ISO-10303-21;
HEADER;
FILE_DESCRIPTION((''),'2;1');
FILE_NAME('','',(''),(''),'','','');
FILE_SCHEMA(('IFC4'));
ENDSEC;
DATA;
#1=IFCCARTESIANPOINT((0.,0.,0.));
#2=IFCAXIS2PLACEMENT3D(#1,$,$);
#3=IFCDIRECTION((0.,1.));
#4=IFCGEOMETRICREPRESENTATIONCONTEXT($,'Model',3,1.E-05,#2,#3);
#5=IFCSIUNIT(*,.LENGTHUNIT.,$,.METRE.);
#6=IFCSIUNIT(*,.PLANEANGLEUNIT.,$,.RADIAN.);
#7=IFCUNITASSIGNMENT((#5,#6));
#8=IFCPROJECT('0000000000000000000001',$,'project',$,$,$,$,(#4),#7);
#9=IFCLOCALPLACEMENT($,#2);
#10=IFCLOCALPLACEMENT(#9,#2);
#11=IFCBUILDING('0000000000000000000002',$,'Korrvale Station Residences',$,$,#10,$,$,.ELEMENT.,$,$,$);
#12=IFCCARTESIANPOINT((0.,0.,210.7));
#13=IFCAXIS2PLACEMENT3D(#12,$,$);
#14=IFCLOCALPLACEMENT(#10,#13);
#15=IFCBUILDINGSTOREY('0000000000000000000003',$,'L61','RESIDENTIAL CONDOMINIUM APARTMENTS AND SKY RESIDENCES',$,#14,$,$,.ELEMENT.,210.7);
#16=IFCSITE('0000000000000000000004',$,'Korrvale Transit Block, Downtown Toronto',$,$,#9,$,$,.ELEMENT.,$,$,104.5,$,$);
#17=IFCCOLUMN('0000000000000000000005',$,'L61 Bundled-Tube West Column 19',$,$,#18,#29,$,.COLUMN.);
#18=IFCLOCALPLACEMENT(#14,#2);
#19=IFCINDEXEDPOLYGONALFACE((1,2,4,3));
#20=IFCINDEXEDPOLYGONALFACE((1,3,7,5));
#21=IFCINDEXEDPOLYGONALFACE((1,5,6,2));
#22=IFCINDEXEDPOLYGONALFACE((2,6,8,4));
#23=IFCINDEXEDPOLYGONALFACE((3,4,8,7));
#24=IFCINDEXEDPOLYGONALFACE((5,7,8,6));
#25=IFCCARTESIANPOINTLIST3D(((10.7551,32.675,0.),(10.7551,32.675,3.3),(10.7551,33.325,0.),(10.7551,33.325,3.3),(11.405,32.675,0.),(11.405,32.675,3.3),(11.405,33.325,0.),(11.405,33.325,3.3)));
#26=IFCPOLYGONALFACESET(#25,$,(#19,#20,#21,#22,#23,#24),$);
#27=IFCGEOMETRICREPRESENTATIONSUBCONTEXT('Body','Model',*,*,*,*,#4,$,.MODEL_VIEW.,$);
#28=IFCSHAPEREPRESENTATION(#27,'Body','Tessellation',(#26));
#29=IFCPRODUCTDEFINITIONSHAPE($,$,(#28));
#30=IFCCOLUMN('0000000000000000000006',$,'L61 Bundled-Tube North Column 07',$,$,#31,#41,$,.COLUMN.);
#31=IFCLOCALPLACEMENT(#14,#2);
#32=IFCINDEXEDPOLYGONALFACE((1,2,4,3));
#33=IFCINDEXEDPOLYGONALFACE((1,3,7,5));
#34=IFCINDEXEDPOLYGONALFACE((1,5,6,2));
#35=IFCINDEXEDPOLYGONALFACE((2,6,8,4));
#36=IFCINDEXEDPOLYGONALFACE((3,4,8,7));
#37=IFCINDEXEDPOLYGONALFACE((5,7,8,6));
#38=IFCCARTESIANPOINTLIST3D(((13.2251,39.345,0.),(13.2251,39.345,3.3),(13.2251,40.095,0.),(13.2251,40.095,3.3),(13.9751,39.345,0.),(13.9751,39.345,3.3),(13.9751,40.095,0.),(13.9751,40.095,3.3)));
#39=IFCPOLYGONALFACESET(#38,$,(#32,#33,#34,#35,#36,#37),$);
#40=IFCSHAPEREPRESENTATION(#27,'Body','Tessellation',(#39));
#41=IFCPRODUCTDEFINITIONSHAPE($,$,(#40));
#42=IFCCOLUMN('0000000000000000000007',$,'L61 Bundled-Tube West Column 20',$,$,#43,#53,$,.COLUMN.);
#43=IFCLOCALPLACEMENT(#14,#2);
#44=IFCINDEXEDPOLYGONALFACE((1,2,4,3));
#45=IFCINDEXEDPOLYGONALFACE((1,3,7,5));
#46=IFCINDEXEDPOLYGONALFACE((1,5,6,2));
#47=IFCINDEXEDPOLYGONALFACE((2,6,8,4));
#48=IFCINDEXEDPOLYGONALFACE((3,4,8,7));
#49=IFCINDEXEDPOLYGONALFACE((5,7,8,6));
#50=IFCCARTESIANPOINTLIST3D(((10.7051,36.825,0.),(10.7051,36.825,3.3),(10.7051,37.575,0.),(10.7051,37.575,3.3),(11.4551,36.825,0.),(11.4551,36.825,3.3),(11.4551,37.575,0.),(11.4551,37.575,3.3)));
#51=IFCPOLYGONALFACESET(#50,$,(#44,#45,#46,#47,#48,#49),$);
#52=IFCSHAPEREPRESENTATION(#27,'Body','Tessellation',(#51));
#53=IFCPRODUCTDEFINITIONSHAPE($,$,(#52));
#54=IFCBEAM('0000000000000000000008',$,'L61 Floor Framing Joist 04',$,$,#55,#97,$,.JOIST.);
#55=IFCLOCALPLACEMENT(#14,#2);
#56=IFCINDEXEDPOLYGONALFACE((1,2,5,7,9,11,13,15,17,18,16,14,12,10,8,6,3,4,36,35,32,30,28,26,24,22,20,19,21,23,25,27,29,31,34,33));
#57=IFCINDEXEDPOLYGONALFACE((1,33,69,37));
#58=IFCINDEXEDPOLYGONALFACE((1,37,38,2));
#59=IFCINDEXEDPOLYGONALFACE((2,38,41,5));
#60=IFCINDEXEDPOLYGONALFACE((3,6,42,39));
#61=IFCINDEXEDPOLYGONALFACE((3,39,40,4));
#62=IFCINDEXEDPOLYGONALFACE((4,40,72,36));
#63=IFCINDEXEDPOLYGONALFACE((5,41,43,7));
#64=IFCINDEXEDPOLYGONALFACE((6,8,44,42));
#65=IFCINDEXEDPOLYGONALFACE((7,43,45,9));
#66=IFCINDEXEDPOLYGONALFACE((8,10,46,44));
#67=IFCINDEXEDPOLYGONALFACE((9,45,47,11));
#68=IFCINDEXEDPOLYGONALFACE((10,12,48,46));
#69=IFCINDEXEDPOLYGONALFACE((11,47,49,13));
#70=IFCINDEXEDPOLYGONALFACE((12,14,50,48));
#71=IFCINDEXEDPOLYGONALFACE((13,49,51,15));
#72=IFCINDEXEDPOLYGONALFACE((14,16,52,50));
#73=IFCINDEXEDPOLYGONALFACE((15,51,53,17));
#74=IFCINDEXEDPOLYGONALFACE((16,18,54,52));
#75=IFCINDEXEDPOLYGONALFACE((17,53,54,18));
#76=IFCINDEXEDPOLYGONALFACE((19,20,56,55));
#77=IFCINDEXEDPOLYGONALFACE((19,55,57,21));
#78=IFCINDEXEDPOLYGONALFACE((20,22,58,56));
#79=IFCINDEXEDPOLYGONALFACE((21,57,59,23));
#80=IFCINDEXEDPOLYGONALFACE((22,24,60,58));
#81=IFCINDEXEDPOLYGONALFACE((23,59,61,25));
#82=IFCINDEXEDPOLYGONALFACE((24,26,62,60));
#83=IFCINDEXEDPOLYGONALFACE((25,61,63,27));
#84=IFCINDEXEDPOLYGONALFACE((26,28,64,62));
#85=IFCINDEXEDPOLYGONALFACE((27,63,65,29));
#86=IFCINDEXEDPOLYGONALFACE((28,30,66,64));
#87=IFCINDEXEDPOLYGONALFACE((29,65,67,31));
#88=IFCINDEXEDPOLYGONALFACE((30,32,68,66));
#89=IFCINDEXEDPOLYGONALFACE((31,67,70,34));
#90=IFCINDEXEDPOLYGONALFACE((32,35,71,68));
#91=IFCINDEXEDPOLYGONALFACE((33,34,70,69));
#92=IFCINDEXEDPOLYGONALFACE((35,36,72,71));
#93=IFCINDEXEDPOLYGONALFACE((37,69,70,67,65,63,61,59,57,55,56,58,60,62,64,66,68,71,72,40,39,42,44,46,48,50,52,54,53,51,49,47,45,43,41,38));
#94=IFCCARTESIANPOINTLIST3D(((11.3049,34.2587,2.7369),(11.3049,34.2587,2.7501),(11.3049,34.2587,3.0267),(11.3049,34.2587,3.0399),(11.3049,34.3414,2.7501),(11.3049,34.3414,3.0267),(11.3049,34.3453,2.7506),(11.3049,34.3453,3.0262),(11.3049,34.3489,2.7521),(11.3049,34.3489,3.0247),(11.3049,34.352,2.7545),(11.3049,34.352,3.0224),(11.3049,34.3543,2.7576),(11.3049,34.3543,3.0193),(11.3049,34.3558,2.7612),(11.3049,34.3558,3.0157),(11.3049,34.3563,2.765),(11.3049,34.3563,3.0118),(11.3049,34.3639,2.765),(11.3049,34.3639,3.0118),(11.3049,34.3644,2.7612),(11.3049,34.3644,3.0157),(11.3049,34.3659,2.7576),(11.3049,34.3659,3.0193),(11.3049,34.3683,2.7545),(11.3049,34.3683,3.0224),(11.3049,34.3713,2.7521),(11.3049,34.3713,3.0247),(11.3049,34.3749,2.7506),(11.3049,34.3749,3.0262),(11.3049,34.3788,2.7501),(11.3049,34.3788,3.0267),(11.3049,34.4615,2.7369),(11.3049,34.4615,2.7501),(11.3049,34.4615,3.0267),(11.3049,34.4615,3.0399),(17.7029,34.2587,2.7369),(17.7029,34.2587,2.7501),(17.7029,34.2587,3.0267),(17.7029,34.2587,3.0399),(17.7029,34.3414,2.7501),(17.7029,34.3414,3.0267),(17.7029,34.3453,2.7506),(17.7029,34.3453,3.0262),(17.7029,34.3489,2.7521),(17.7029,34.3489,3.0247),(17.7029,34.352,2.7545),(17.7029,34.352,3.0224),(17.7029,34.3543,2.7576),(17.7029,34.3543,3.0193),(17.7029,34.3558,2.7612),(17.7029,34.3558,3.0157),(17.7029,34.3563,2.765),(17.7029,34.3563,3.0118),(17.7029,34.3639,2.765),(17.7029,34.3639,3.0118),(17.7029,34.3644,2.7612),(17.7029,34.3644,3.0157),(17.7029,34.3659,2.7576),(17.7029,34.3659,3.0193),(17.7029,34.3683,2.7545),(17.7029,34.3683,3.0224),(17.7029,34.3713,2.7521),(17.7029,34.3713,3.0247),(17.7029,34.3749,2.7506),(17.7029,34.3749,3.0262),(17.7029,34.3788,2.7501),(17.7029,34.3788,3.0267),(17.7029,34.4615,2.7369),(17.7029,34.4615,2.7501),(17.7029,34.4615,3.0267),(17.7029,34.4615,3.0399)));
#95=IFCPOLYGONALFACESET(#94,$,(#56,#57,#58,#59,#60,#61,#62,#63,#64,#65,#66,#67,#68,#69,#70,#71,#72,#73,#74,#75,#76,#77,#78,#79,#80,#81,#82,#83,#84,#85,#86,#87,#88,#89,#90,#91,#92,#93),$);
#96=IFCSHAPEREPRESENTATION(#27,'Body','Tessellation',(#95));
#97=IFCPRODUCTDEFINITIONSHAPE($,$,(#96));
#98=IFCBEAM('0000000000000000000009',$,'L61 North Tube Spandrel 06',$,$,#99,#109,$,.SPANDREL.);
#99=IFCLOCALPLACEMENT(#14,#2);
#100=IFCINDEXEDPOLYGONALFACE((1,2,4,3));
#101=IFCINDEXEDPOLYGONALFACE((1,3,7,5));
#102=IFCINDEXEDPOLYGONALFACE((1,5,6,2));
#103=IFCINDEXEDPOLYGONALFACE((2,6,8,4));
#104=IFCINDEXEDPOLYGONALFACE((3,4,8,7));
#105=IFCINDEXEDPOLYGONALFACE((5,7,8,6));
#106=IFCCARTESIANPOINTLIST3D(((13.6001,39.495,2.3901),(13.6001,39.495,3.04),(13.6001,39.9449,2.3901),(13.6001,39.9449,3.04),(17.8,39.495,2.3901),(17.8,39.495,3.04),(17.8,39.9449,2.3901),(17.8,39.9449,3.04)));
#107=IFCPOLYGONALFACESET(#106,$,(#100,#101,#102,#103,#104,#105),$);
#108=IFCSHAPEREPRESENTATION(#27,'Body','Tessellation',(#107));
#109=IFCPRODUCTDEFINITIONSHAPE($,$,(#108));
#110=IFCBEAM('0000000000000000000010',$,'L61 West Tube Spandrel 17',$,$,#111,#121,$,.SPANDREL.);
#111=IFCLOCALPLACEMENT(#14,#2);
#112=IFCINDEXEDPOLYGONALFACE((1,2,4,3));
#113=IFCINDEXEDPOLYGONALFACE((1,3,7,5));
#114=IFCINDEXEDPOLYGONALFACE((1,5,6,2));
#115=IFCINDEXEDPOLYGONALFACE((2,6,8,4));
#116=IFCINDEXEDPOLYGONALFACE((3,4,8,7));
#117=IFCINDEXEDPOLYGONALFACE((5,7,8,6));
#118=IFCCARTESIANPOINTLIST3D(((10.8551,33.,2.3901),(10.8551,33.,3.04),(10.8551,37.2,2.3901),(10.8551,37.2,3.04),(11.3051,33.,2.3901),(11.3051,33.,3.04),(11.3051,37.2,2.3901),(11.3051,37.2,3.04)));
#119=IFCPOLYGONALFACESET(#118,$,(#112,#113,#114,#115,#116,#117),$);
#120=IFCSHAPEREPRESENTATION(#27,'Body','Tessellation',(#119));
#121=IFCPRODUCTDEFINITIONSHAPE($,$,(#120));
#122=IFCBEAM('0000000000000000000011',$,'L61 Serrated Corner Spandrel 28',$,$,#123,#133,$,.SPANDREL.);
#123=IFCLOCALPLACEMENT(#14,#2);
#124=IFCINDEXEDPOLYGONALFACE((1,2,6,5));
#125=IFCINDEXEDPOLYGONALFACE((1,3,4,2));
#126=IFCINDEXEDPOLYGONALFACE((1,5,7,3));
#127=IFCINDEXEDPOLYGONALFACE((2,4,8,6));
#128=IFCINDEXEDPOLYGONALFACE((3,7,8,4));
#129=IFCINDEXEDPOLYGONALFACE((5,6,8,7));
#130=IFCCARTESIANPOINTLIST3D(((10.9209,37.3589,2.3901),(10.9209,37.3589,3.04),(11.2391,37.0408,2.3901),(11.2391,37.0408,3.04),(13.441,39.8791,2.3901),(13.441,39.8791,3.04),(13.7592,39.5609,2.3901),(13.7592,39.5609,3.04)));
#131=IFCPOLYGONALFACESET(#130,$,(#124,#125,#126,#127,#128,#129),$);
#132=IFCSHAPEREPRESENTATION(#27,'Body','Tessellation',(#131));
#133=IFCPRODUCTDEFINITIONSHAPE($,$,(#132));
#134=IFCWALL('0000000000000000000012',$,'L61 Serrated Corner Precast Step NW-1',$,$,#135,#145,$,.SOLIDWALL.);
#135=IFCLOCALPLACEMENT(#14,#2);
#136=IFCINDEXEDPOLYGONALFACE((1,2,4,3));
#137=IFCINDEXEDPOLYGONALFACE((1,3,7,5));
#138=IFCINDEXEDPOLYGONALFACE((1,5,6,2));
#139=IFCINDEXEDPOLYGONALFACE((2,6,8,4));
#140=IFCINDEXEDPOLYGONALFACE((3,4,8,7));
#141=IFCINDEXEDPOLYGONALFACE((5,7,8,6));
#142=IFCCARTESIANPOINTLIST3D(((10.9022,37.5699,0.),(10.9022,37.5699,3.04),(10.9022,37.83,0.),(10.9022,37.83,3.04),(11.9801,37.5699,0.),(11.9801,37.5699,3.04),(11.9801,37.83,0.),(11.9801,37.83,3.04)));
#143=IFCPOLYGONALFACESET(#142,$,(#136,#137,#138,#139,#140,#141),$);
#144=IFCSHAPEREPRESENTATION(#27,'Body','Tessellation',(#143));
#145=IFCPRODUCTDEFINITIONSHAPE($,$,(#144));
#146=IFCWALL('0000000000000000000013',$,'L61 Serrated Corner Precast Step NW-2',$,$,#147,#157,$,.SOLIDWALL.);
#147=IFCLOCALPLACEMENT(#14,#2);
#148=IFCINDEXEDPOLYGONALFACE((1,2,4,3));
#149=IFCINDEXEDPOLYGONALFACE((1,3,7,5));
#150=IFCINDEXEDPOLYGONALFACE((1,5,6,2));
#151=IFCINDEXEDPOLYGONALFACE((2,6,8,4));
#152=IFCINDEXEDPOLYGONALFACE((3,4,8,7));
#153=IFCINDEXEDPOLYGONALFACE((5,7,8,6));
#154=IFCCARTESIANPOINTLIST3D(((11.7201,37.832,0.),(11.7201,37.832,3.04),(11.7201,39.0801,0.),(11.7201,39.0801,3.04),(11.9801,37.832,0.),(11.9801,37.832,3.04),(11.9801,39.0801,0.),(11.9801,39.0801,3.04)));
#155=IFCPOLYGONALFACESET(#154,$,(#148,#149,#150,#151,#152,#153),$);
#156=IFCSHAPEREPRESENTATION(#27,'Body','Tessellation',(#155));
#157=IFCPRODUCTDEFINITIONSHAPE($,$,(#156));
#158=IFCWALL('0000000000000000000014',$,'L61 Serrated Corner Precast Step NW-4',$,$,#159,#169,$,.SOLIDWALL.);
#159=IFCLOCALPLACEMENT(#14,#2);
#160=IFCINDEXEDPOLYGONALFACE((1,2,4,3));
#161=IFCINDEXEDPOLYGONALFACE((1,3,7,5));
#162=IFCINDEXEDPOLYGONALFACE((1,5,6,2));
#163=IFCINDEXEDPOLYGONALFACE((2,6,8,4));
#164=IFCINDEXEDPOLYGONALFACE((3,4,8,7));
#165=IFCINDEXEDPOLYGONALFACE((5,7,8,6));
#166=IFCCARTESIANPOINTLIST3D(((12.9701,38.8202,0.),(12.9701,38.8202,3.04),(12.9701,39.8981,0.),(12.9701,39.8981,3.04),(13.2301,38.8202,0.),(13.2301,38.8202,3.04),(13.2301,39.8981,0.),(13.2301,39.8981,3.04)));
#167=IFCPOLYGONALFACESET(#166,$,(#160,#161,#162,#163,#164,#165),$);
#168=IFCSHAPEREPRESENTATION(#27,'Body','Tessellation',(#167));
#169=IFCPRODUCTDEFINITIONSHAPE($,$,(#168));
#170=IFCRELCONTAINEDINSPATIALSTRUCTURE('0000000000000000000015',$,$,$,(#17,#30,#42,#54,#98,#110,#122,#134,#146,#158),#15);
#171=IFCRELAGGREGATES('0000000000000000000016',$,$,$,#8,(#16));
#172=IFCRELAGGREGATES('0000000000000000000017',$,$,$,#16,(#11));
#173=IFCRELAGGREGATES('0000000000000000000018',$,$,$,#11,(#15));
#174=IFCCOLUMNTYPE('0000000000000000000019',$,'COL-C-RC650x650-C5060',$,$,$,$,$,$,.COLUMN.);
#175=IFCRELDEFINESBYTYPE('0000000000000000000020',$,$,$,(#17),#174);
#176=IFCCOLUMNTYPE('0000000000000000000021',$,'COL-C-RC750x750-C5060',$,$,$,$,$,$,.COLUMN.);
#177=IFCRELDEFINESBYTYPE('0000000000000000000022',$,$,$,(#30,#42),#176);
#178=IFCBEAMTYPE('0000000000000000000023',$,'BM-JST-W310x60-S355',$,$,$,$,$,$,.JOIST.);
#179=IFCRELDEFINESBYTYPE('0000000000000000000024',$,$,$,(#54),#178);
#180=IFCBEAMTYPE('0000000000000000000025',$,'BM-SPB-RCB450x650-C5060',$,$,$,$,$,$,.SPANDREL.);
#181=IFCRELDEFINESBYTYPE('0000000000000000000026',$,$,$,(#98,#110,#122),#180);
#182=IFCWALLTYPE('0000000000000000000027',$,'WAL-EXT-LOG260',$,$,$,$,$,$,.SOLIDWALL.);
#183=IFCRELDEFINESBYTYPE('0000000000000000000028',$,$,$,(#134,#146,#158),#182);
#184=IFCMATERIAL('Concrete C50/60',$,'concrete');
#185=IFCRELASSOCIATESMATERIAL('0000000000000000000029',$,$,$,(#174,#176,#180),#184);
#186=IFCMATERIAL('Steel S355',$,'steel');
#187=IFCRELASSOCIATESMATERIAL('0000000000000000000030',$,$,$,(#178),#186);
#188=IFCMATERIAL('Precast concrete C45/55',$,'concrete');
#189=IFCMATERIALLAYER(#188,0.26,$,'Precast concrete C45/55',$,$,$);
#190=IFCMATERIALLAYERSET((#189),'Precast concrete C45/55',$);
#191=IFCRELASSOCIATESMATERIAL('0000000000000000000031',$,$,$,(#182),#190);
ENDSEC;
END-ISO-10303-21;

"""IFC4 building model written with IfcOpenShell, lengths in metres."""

from ifc_helpers import new_model, si_unit, direction, frame, frame_2d, origin, origin_2d, place, context, subcontext, project, spatial, rectangle, i_section, extrude, material, layer, layer_set, material_profile, profile_set, type_object, element, save


model = new_model("IFC4")

# Units and contexts
model_context = context("Model", 3, precision=1e-05, world=origin(), true_north=direction((0.0, 1.0)))
body_context = subcontext(model_context, "Body", "Model", "MODEL_VIEW")
ifc_project = project(units=[si_unit("LENGTHUNIT", "METRE"), si_unit("PLANEANGLEUNIT", "RADIAN")], contexts=[model_context])

# Site, building, storey
site_placement = place(None, origin())
site = spatial("IfcSite", under=ifc_project, at=site_placement, Name="Korrvale Transit Block, Downtown Toronto", CompositionType="ELEMENT", RefElevation=104.5)
building_placement = place(site_placement, origin())
building = spatial("IfcBuilding", under=site, at=building_placement, Name="Korrvale Station Residences", CompositionType="ELEMENT")
storey_placement = place(building_placement, frame((0.0, 0.0, 210.7)))
storey = spatial("IfcBuildingStorey", under=building, at=storey_placement, Name="L61", Description="RESIDENTIAL CONDOMINIUM APARTMENTS AND SKY RESIDENCES", CompositionType="ELEMENT", Elevation=210.7)

# Columns
ifc_material_1 = material(Name="Concrete C50/60", Category="concrete")
ifc_material_profile_1 = material_profile(ifc_material_1, rectangle(XDim=0.6499, YDim=0.6499, at=origin_2d()), Name="RC650x650")
ifc_profile_set_1 = profile_set([ifc_material_profile_1], Name="Concrete C50/60")
column_type_1 = type_object("IfcColumnType", Name="COL-C-RC650x650-C5060", PredefinedType="COLUMN", material=ifc_profile_set_1)
column_placement = place(storey_placement, frame((11.0801, 33.0, 0.0), z_axis=(0.0, 0.0, 1.0), x_axis=(1.0, 0.0, 0.0)))
element("IfcColumn", 1, at=column_placement, inside=storey, type_object=column_type_1, Name="L61 Bundled-Tube West Column 19", PredefinedType="COLUMN", context=body_context, shape_type="SweptSolid", body=[
    extrude(rectangle(XDim=0.6499, YDim=0.6499, at=origin_2d()), origin(), (0.0, 0.0, 1.0), 3.3),
])
ifc_material_profile_2 = material_profile(ifc_material_1, rectangle(XDim=0.75, YDim=0.75, at=origin_2d()), Name="RC750x750")
ifc_profile_set_2 = profile_set([ifc_material_profile_2], Name="Concrete C50/60")
column_type_2 = type_object("IfcColumnType", Name="COL-C-RC750x750-C5060", PredefinedType="COLUMN", material=ifc_profile_set_2)
for number, where, z_axis, x_axis, name in (
    (2, (13.6001, 39.72, 0.0), (0.0, 0.0, 1.0), (1.0, 0.0, 0.0), "L61 Bundled-Tube North Column 07"),
    (3, (11.0801, 37.2, 0.0), (0.0, 0.0, 1.0), (1.0, 0.0, 0.0), "L61 Bundled-Tube West Column 20"),
):
    element("IfcColumn", number, at=place(storey_placement, frame(where, z_axis=z_axis, x_axis=x_axis)), inside=storey, type_object=column_type_2, Name=name, PredefinedType="COLUMN", context=body_context, shape_type="SweptSolid", body=[
        extrude(rectangle(XDim=0.75, YDim=0.75, at=origin_2d()), origin(), (0.0, 0.0, 1.0), 3.3),
    ])

# Beams
ifc_material_2 = material(Name="Steel S355", Category="steel")
ifc_material_profile_3 = material_profile(ifc_material_2, i_section(OverallWidth=0.2029, OverallDepth=0.303, WebThickness=0.0076, FlangeThickness=0.0132, FilletRadius=0.0149, at=origin_2d()), Name="W310x60")
ifc_profile_set_3 = profile_set([ifc_material_profile_3], Name="Steel S355")
beam_type_1 = type_object("IfcBeamType", Name="BM-JST-W310x60-S355", PredefinedType="JOIST", material=ifc_profile_set_3)
beam_1_placement = place(storey_placement, frame((11.3049, 34.3601, 2.8884), z_axis=(1.0, 0.0, 0.0), x_axis=(0.0, 1.0, 0.0)))
element("IfcBeam", 4, at=beam_1_placement, inside=storey, type_object=beam_type_1, Name="L61 Floor Framing Joist 04", PredefinedType="JOIST", context=body_context, shape_type="SweptSolid", body=[
    extrude(i_section(OverallWidth=0.2029, OverallDepth=0.303, WebThickness=0.0076, FlangeThickness=0.0132, FilletRadius=0.0149, at=origin_2d()), origin(), (0.0, 0.0, 1.0), 6.3979),
])
ifc_material_profile_4 = material_profile(ifc_material_1, rectangle(XDim=0.45, YDim=0.6499, at=origin_2d()), Name="RCB450x650")
ifc_profile_set_4 = profile_set([ifc_material_profile_4], Name="Concrete C50/60")
beam_type_2 = type_object("IfcBeamType", Name="BM-SPB-RCB450x650-C5060", PredefinedType="SPANDREL", material=ifc_profile_set_4)
for number, where, z_axis, x_axis, name in (
    (5, (13.6001, 39.72, 2.7151), (1.0, 0.0, 0.0), (0.0, 1.0, 0.0), "L61 North Tube Spandrel 06"),
    (6, (11.0801, 33.0, 2.7151), (0.0, 1.0, 0.0), (-1.0, 0.0, 0.0), "L61 West Tube Spandrel 17"),
):
    element("IfcBeam", number, at=place(storey_placement, frame(where, z_axis=z_axis, x_axis=x_axis)), inside=storey, type_object=beam_type_2, Name=name, PredefinedType="SPANDREL", context=body_context, shape_type="SweptSolid", body=[
        extrude(rectangle(XDim=0.45, YDim=0.6499, at=origin_2d()), origin(), (0.0, 0.0, 1.0), 4.2),
    ])
beam_2_placement = place(storey_placement, frame((13.6001, 39.72, 2.7151), z_axis=(-0.707107, -0.707107, 0.0), x_axis=(0.707107, -0.707107, 0.0)))
element("IfcBeam", 7, at=beam_2_placement, inside=storey, type_object=beam_type_2, Name="L61 Serrated Corner Spandrel 28", PredefinedType="SPANDREL", context=body_context, shape_type="SweptSolid", body=[
    extrude(rectangle(XDim=0.45, YDim=0.6499, at=origin_2d()), origin(), (0.0, 0.0, 1.0), 3.564),
])

# Walls
ifc_material_3 = material(Name="Precast concrete C45/55", Category="concrete")
ifc_layer_1 = layer(ifc_material_3, 0.26, Name="Precast concrete C45/55")
ifc_layer_set_1 = layer_set([ifc_layer_1], Name="Precast concrete C45/55")
wall_type_1 = type_object("IfcWallType", Name="WAL-EXT-LOG260", PredefinedType="SOLIDWALL", material=ifc_layer_set_1)
wall_1_placement = place(storey_placement, frame((10.9021, 37.7, 0.0), z_axis=(0.0, 0.0, 1.0), x_axis=(1.0, 0.0, 0.0)))
element("IfcWall", 8, at=wall_1_placement, inside=storey, type_object=wall_type_1, Name="L61 Serrated Corner Precast Step NW-1", PredefinedType="SOLIDWALL", context=body_context, shape_type="SweptSolid", body=[
    extrude(rectangle(XDim=1.0779, YDim=0.26, at=frame_2d((0.5391, 0.0))), origin(), (0.0, 0.0, 1.0), 3.04),
])
wall_2_placement = place(storey_placement, frame((11.8501, 37.832, 0.0), z_axis=(0.0, 0.0, 1.0), x_axis=(0.0, 1.0, 0.0)))
element("IfcWall", 9, at=wall_2_placement, inside=storey, type_object=wall_type_1, Name="L61 Serrated Corner Precast Step NW-2", PredefinedType="SOLIDWALL", context=body_context, shape_type="SweptSolid", body=[
    extrude(rectangle(XDim=1.248, YDim=0.26, at=frame_2d((0.624, 0.0))), origin(), (0.0, 0.0, 1.0), 3.04),
])
wall_3_placement = place(storey_placement, frame((13.1001, 38.8201, 0.0), z_axis=(0.0, 0.0, 1.0), x_axis=(0.0, 1.0, 0.0)))
element("IfcWall", 10, at=wall_3_placement, inside=storey, type_object=wall_type_1, Name="L61 Serrated Corner Precast Step NW-4", PredefinedType="SOLIDWALL", context=body_context, shape_type="SweptSolid", body=[
    extrude(rectangle(XDim=1.0779, YDim=0.26, at=frame_2d((0.5391, 0.0))), origin(), (0.0, 0.0, 1.0), 3.04),
])

save(model, "model.ifc")
